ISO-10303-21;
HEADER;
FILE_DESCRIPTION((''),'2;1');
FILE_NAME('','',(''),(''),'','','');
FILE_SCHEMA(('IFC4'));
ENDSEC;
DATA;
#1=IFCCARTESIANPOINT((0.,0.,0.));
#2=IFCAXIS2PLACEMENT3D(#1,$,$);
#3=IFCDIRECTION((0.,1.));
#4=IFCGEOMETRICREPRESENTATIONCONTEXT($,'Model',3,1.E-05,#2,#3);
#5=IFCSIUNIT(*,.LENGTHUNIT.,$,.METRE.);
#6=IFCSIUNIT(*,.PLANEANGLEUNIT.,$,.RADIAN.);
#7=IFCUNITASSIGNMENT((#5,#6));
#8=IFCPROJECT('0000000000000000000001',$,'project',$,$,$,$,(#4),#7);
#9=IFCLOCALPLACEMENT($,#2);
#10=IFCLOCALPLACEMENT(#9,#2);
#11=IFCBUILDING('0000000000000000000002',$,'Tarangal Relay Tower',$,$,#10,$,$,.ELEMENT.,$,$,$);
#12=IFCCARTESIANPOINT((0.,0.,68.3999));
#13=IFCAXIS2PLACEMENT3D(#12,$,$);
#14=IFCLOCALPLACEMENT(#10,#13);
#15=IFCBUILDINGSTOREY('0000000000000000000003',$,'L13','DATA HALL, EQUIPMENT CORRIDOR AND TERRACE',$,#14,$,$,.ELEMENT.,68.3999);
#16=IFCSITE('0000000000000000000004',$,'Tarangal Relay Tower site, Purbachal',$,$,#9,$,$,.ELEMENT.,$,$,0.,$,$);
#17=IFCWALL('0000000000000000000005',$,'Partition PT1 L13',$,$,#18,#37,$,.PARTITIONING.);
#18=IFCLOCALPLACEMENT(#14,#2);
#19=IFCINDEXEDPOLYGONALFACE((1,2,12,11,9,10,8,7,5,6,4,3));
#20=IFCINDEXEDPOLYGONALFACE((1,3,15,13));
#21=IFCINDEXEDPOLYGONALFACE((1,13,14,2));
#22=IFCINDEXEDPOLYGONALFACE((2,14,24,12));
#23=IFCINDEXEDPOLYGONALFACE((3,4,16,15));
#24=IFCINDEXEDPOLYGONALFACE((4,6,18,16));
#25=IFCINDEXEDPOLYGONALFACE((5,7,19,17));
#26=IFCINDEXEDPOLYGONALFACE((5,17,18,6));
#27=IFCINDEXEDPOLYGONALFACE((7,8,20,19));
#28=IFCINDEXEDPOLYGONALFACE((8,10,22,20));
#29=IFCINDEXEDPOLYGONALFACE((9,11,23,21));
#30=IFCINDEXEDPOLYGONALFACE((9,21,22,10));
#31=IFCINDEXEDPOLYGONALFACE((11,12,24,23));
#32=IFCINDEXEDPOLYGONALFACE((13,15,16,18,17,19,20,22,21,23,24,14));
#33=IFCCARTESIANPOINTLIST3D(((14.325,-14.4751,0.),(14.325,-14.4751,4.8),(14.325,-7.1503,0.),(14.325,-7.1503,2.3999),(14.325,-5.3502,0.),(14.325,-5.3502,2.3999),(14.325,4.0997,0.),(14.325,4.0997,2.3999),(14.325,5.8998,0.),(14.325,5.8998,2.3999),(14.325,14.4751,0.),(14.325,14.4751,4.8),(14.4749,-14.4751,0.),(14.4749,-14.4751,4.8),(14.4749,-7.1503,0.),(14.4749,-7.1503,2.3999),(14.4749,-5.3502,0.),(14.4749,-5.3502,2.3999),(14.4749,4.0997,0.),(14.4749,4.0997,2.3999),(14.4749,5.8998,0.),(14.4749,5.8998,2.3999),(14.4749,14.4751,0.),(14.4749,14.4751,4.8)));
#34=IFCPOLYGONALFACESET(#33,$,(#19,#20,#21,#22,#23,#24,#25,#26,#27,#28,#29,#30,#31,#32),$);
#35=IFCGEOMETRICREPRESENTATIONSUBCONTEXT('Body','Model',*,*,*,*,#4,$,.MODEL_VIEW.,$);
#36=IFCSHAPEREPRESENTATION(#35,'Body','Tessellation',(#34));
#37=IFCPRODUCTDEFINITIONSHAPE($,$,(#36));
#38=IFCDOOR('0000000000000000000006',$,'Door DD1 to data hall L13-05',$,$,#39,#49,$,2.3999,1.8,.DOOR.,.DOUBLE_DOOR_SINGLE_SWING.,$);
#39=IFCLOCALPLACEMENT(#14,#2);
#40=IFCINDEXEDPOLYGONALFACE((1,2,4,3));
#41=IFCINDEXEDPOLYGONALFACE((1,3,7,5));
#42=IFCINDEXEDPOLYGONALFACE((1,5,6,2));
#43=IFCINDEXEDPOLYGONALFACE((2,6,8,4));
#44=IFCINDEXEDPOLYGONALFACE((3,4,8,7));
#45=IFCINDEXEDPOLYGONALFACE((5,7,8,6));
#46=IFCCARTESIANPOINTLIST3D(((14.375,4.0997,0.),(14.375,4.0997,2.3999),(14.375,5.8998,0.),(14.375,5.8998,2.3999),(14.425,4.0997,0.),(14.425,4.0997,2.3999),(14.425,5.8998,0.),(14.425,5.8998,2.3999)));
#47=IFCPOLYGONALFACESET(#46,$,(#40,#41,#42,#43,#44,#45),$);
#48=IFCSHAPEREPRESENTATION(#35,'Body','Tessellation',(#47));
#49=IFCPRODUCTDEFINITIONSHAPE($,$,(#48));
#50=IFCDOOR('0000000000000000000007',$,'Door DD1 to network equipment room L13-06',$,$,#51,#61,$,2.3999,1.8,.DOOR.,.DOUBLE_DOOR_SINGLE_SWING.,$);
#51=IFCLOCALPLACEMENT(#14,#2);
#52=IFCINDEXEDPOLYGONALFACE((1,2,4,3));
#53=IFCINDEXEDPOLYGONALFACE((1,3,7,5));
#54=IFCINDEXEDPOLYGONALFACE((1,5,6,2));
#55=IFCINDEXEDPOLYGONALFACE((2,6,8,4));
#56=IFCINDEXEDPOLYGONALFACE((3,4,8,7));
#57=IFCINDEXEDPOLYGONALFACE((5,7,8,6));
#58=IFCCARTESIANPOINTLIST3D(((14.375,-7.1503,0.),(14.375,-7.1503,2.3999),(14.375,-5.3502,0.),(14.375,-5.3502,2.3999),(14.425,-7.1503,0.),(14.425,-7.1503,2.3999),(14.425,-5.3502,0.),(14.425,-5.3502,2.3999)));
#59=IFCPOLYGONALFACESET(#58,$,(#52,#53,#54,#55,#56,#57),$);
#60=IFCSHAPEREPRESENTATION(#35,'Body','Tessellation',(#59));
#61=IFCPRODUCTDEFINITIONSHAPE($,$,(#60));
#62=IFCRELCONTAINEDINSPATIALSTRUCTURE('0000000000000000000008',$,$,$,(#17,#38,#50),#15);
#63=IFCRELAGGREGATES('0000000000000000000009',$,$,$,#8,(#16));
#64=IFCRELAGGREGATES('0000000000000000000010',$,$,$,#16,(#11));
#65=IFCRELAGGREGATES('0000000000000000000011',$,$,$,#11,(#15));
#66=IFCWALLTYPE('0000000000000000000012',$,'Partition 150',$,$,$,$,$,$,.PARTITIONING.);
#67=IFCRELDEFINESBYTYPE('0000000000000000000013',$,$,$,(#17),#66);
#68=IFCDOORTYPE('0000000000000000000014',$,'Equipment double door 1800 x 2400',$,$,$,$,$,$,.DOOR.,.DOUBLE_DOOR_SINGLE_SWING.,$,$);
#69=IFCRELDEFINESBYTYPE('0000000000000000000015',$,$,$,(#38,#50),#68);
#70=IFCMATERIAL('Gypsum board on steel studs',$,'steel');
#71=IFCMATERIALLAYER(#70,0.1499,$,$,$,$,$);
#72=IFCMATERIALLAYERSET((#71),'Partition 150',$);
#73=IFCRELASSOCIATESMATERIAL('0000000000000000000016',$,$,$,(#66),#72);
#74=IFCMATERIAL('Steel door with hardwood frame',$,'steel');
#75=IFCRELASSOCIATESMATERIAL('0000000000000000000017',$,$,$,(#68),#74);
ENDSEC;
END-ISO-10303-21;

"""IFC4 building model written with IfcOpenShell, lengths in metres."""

from ifc_helpers import new_model, si_unit, direction, frame, frame_2d, origin, place, context, subcontext, project, spatial, rectangle, extrude, material, layer, layer_set, type_object, element, fill, save


model = new_model("IFC4")

# Units and contexts
model_context = context("Model", 3, precision=1e-05, world=origin(), true_north=direction((0.0, 1.0)))
body_context = subcontext(model_context, "Body", "Model", "MODEL_VIEW")
ifc_project = project(units=[si_unit("LENGTHUNIT", "METRE"), si_unit("PLANEANGLEUNIT", "RADIAN")], contexts=[model_context])

# Site, building, storey
site_placement = place(None, origin())
site = spatial("IfcSite", under=ifc_project, at=site_placement, Name="Tarangal Relay Tower site, Purbachal", CompositionType="ELEMENT", RefElevation=0.0)
building_placement = place(site_placement, origin())
building = spatial("IfcBuilding", under=site, at=building_placement, Name="Tarangal Relay Tower", CompositionType="ELEMENT")
storey_placement = place(building_placement, frame((0.0, 0.0, 68.3999)))
storey = spatial("IfcBuildingStorey", under=building, at=storey_placement, Name="L13", Description="DATA HALL, EQUIPMENT CORRIDOR AND TERRACE", CompositionType="ELEMENT", Elevation=68.3999)

# Shared definitions
ifc_material_1 = material(Name="Steel door with hardwood frame", Category="steel")

# Shared definitions
ifc_material_2 = material(Name="Gypsum board on steel studs", Category="steel")
ifc_layer_1 = layer(ifc_material_2, 0.1499)
ifc_layer_set_1 = layer_set([ifc_layer_1], Name="Partition 150")
wall_type_1 = type_object("IfcWallType", Name="Partition 150", PredefinedType="PARTITIONING", material=ifc_layer_set_1)

# Wall, openings, doors
wall_1_placement = place(storey_placement, frame((14.3999, -14.4751, 0.0), z_axis=(0.0, 0.0, 1.0), x_axis=(0.0, 1.0, 0.0)))
wall_1 = element("IfcWall", 1, at=wall_1_placement, inside=storey, type_object=wall_type_1, Name="Partition PT1 L13", PredefinedType="PARTITIONING", context=body_context, shape_type="SweptSolid", body=[
    extrude(rectangle(XDim=28.9502, YDim=0.1499, at=frame_2d((14.4751, 0.0))), origin(), (0.0, 0.0, 1.0), 4.8),
])
opening_1_placement = place(wall_1_placement, frame((18.575, 0.0, 0.0)))
opening_1 = element("IfcOpeningElement", 2, at=opening_1_placement, cuts=wall_1, PredefinedType="OPENING", context=body_context, shape_type="SweptSolid", body=[
    extrude(rectangle(XDim=1.8, YDim=2.3999, at=frame_2d((0.8999, 1.2))), frame((0.0, 0.085, 0.0), z_axis=(0.0, -1.0, 0.0), x_axis=(1.0, 0.0, 0.0)), (0.0, 0.0, 1.0), 0.1699),
])
opening_2_placement = place(wall_1_placement, frame((7.325, 0.0, 0.0)))
opening_2 = element("IfcOpeningElement", 3, at=opening_2_placement, cuts=wall_1, PredefinedType="OPENING", context=body_context, shape_type="SweptSolid", body=[
    extrude(rectangle(XDim=1.8, YDim=2.3999, at=frame_2d((0.8999, 1.2))), frame((0.0, 0.085, 0.0), z_axis=(0.0, -1.0, 0.0), x_axis=(1.0, 0.0, 0.0)), (0.0, 0.0, 1.0), 0.1699),
])
door_type_1 = type_object("IfcDoorType", Name="Equipment double door 1800 x 2400", OperationType="DOUBLE_DOOR_SINGLE_SWING", PredefinedType="DOOR", material=ifc_material_1)
door_1_placement = place(opening_1_placement, origin())
door_1 = element("IfcDoor", 4, at=door_1_placement, inside=storey, type_object=door_type_1, Name="Door DD1 to data hall L13-05", OperationType="DOUBLE_DOOR_SINGLE_SWING", OverallHeight=2.3999, OverallWidth=1.8, PredefinedType="DOOR", context=body_context, shape_type="SweptSolid", body=[
    extrude(rectangle(XDim=1.8, YDim=2.3999, at=frame_2d((0.8999, 1.2))), frame((0.0, 0.0249, 0.0), z_axis=(0.0, -1.0, 0.0), x_axis=(1.0, 0.0, 0.0)), (0.0, 0.0, 1.0), 0.05),
])
fill(opening_1, door_1)
door_2_placement = place(opening_2_placement, origin())
door_2 = element("IfcDoor", 5, at=door_2_placement, inside=storey, type_object=door_type_1, Name="Door DD1 to network equipment room L13-06", OperationType="DOUBLE_DOOR_SINGLE_SWING", OverallHeight=2.3999, OverallWidth=1.8, PredefinedType="DOOR", context=body_context, shape_type="SweptSolid", body=[
    extrude(rectangle(XDim=1.8, YDim=2.3999, at=frame_2d((0.8999, 1.2))), frame((0.0, 0.0249, 0.0), z_axis=(0.0, -1.0, 0.0), x_axis=(1.0, 0.0, 0.0)), (0.0, 0.0, 1.0), 0.05),
])
fill(opening_2, door_2)

save(model, "model.ifc")
